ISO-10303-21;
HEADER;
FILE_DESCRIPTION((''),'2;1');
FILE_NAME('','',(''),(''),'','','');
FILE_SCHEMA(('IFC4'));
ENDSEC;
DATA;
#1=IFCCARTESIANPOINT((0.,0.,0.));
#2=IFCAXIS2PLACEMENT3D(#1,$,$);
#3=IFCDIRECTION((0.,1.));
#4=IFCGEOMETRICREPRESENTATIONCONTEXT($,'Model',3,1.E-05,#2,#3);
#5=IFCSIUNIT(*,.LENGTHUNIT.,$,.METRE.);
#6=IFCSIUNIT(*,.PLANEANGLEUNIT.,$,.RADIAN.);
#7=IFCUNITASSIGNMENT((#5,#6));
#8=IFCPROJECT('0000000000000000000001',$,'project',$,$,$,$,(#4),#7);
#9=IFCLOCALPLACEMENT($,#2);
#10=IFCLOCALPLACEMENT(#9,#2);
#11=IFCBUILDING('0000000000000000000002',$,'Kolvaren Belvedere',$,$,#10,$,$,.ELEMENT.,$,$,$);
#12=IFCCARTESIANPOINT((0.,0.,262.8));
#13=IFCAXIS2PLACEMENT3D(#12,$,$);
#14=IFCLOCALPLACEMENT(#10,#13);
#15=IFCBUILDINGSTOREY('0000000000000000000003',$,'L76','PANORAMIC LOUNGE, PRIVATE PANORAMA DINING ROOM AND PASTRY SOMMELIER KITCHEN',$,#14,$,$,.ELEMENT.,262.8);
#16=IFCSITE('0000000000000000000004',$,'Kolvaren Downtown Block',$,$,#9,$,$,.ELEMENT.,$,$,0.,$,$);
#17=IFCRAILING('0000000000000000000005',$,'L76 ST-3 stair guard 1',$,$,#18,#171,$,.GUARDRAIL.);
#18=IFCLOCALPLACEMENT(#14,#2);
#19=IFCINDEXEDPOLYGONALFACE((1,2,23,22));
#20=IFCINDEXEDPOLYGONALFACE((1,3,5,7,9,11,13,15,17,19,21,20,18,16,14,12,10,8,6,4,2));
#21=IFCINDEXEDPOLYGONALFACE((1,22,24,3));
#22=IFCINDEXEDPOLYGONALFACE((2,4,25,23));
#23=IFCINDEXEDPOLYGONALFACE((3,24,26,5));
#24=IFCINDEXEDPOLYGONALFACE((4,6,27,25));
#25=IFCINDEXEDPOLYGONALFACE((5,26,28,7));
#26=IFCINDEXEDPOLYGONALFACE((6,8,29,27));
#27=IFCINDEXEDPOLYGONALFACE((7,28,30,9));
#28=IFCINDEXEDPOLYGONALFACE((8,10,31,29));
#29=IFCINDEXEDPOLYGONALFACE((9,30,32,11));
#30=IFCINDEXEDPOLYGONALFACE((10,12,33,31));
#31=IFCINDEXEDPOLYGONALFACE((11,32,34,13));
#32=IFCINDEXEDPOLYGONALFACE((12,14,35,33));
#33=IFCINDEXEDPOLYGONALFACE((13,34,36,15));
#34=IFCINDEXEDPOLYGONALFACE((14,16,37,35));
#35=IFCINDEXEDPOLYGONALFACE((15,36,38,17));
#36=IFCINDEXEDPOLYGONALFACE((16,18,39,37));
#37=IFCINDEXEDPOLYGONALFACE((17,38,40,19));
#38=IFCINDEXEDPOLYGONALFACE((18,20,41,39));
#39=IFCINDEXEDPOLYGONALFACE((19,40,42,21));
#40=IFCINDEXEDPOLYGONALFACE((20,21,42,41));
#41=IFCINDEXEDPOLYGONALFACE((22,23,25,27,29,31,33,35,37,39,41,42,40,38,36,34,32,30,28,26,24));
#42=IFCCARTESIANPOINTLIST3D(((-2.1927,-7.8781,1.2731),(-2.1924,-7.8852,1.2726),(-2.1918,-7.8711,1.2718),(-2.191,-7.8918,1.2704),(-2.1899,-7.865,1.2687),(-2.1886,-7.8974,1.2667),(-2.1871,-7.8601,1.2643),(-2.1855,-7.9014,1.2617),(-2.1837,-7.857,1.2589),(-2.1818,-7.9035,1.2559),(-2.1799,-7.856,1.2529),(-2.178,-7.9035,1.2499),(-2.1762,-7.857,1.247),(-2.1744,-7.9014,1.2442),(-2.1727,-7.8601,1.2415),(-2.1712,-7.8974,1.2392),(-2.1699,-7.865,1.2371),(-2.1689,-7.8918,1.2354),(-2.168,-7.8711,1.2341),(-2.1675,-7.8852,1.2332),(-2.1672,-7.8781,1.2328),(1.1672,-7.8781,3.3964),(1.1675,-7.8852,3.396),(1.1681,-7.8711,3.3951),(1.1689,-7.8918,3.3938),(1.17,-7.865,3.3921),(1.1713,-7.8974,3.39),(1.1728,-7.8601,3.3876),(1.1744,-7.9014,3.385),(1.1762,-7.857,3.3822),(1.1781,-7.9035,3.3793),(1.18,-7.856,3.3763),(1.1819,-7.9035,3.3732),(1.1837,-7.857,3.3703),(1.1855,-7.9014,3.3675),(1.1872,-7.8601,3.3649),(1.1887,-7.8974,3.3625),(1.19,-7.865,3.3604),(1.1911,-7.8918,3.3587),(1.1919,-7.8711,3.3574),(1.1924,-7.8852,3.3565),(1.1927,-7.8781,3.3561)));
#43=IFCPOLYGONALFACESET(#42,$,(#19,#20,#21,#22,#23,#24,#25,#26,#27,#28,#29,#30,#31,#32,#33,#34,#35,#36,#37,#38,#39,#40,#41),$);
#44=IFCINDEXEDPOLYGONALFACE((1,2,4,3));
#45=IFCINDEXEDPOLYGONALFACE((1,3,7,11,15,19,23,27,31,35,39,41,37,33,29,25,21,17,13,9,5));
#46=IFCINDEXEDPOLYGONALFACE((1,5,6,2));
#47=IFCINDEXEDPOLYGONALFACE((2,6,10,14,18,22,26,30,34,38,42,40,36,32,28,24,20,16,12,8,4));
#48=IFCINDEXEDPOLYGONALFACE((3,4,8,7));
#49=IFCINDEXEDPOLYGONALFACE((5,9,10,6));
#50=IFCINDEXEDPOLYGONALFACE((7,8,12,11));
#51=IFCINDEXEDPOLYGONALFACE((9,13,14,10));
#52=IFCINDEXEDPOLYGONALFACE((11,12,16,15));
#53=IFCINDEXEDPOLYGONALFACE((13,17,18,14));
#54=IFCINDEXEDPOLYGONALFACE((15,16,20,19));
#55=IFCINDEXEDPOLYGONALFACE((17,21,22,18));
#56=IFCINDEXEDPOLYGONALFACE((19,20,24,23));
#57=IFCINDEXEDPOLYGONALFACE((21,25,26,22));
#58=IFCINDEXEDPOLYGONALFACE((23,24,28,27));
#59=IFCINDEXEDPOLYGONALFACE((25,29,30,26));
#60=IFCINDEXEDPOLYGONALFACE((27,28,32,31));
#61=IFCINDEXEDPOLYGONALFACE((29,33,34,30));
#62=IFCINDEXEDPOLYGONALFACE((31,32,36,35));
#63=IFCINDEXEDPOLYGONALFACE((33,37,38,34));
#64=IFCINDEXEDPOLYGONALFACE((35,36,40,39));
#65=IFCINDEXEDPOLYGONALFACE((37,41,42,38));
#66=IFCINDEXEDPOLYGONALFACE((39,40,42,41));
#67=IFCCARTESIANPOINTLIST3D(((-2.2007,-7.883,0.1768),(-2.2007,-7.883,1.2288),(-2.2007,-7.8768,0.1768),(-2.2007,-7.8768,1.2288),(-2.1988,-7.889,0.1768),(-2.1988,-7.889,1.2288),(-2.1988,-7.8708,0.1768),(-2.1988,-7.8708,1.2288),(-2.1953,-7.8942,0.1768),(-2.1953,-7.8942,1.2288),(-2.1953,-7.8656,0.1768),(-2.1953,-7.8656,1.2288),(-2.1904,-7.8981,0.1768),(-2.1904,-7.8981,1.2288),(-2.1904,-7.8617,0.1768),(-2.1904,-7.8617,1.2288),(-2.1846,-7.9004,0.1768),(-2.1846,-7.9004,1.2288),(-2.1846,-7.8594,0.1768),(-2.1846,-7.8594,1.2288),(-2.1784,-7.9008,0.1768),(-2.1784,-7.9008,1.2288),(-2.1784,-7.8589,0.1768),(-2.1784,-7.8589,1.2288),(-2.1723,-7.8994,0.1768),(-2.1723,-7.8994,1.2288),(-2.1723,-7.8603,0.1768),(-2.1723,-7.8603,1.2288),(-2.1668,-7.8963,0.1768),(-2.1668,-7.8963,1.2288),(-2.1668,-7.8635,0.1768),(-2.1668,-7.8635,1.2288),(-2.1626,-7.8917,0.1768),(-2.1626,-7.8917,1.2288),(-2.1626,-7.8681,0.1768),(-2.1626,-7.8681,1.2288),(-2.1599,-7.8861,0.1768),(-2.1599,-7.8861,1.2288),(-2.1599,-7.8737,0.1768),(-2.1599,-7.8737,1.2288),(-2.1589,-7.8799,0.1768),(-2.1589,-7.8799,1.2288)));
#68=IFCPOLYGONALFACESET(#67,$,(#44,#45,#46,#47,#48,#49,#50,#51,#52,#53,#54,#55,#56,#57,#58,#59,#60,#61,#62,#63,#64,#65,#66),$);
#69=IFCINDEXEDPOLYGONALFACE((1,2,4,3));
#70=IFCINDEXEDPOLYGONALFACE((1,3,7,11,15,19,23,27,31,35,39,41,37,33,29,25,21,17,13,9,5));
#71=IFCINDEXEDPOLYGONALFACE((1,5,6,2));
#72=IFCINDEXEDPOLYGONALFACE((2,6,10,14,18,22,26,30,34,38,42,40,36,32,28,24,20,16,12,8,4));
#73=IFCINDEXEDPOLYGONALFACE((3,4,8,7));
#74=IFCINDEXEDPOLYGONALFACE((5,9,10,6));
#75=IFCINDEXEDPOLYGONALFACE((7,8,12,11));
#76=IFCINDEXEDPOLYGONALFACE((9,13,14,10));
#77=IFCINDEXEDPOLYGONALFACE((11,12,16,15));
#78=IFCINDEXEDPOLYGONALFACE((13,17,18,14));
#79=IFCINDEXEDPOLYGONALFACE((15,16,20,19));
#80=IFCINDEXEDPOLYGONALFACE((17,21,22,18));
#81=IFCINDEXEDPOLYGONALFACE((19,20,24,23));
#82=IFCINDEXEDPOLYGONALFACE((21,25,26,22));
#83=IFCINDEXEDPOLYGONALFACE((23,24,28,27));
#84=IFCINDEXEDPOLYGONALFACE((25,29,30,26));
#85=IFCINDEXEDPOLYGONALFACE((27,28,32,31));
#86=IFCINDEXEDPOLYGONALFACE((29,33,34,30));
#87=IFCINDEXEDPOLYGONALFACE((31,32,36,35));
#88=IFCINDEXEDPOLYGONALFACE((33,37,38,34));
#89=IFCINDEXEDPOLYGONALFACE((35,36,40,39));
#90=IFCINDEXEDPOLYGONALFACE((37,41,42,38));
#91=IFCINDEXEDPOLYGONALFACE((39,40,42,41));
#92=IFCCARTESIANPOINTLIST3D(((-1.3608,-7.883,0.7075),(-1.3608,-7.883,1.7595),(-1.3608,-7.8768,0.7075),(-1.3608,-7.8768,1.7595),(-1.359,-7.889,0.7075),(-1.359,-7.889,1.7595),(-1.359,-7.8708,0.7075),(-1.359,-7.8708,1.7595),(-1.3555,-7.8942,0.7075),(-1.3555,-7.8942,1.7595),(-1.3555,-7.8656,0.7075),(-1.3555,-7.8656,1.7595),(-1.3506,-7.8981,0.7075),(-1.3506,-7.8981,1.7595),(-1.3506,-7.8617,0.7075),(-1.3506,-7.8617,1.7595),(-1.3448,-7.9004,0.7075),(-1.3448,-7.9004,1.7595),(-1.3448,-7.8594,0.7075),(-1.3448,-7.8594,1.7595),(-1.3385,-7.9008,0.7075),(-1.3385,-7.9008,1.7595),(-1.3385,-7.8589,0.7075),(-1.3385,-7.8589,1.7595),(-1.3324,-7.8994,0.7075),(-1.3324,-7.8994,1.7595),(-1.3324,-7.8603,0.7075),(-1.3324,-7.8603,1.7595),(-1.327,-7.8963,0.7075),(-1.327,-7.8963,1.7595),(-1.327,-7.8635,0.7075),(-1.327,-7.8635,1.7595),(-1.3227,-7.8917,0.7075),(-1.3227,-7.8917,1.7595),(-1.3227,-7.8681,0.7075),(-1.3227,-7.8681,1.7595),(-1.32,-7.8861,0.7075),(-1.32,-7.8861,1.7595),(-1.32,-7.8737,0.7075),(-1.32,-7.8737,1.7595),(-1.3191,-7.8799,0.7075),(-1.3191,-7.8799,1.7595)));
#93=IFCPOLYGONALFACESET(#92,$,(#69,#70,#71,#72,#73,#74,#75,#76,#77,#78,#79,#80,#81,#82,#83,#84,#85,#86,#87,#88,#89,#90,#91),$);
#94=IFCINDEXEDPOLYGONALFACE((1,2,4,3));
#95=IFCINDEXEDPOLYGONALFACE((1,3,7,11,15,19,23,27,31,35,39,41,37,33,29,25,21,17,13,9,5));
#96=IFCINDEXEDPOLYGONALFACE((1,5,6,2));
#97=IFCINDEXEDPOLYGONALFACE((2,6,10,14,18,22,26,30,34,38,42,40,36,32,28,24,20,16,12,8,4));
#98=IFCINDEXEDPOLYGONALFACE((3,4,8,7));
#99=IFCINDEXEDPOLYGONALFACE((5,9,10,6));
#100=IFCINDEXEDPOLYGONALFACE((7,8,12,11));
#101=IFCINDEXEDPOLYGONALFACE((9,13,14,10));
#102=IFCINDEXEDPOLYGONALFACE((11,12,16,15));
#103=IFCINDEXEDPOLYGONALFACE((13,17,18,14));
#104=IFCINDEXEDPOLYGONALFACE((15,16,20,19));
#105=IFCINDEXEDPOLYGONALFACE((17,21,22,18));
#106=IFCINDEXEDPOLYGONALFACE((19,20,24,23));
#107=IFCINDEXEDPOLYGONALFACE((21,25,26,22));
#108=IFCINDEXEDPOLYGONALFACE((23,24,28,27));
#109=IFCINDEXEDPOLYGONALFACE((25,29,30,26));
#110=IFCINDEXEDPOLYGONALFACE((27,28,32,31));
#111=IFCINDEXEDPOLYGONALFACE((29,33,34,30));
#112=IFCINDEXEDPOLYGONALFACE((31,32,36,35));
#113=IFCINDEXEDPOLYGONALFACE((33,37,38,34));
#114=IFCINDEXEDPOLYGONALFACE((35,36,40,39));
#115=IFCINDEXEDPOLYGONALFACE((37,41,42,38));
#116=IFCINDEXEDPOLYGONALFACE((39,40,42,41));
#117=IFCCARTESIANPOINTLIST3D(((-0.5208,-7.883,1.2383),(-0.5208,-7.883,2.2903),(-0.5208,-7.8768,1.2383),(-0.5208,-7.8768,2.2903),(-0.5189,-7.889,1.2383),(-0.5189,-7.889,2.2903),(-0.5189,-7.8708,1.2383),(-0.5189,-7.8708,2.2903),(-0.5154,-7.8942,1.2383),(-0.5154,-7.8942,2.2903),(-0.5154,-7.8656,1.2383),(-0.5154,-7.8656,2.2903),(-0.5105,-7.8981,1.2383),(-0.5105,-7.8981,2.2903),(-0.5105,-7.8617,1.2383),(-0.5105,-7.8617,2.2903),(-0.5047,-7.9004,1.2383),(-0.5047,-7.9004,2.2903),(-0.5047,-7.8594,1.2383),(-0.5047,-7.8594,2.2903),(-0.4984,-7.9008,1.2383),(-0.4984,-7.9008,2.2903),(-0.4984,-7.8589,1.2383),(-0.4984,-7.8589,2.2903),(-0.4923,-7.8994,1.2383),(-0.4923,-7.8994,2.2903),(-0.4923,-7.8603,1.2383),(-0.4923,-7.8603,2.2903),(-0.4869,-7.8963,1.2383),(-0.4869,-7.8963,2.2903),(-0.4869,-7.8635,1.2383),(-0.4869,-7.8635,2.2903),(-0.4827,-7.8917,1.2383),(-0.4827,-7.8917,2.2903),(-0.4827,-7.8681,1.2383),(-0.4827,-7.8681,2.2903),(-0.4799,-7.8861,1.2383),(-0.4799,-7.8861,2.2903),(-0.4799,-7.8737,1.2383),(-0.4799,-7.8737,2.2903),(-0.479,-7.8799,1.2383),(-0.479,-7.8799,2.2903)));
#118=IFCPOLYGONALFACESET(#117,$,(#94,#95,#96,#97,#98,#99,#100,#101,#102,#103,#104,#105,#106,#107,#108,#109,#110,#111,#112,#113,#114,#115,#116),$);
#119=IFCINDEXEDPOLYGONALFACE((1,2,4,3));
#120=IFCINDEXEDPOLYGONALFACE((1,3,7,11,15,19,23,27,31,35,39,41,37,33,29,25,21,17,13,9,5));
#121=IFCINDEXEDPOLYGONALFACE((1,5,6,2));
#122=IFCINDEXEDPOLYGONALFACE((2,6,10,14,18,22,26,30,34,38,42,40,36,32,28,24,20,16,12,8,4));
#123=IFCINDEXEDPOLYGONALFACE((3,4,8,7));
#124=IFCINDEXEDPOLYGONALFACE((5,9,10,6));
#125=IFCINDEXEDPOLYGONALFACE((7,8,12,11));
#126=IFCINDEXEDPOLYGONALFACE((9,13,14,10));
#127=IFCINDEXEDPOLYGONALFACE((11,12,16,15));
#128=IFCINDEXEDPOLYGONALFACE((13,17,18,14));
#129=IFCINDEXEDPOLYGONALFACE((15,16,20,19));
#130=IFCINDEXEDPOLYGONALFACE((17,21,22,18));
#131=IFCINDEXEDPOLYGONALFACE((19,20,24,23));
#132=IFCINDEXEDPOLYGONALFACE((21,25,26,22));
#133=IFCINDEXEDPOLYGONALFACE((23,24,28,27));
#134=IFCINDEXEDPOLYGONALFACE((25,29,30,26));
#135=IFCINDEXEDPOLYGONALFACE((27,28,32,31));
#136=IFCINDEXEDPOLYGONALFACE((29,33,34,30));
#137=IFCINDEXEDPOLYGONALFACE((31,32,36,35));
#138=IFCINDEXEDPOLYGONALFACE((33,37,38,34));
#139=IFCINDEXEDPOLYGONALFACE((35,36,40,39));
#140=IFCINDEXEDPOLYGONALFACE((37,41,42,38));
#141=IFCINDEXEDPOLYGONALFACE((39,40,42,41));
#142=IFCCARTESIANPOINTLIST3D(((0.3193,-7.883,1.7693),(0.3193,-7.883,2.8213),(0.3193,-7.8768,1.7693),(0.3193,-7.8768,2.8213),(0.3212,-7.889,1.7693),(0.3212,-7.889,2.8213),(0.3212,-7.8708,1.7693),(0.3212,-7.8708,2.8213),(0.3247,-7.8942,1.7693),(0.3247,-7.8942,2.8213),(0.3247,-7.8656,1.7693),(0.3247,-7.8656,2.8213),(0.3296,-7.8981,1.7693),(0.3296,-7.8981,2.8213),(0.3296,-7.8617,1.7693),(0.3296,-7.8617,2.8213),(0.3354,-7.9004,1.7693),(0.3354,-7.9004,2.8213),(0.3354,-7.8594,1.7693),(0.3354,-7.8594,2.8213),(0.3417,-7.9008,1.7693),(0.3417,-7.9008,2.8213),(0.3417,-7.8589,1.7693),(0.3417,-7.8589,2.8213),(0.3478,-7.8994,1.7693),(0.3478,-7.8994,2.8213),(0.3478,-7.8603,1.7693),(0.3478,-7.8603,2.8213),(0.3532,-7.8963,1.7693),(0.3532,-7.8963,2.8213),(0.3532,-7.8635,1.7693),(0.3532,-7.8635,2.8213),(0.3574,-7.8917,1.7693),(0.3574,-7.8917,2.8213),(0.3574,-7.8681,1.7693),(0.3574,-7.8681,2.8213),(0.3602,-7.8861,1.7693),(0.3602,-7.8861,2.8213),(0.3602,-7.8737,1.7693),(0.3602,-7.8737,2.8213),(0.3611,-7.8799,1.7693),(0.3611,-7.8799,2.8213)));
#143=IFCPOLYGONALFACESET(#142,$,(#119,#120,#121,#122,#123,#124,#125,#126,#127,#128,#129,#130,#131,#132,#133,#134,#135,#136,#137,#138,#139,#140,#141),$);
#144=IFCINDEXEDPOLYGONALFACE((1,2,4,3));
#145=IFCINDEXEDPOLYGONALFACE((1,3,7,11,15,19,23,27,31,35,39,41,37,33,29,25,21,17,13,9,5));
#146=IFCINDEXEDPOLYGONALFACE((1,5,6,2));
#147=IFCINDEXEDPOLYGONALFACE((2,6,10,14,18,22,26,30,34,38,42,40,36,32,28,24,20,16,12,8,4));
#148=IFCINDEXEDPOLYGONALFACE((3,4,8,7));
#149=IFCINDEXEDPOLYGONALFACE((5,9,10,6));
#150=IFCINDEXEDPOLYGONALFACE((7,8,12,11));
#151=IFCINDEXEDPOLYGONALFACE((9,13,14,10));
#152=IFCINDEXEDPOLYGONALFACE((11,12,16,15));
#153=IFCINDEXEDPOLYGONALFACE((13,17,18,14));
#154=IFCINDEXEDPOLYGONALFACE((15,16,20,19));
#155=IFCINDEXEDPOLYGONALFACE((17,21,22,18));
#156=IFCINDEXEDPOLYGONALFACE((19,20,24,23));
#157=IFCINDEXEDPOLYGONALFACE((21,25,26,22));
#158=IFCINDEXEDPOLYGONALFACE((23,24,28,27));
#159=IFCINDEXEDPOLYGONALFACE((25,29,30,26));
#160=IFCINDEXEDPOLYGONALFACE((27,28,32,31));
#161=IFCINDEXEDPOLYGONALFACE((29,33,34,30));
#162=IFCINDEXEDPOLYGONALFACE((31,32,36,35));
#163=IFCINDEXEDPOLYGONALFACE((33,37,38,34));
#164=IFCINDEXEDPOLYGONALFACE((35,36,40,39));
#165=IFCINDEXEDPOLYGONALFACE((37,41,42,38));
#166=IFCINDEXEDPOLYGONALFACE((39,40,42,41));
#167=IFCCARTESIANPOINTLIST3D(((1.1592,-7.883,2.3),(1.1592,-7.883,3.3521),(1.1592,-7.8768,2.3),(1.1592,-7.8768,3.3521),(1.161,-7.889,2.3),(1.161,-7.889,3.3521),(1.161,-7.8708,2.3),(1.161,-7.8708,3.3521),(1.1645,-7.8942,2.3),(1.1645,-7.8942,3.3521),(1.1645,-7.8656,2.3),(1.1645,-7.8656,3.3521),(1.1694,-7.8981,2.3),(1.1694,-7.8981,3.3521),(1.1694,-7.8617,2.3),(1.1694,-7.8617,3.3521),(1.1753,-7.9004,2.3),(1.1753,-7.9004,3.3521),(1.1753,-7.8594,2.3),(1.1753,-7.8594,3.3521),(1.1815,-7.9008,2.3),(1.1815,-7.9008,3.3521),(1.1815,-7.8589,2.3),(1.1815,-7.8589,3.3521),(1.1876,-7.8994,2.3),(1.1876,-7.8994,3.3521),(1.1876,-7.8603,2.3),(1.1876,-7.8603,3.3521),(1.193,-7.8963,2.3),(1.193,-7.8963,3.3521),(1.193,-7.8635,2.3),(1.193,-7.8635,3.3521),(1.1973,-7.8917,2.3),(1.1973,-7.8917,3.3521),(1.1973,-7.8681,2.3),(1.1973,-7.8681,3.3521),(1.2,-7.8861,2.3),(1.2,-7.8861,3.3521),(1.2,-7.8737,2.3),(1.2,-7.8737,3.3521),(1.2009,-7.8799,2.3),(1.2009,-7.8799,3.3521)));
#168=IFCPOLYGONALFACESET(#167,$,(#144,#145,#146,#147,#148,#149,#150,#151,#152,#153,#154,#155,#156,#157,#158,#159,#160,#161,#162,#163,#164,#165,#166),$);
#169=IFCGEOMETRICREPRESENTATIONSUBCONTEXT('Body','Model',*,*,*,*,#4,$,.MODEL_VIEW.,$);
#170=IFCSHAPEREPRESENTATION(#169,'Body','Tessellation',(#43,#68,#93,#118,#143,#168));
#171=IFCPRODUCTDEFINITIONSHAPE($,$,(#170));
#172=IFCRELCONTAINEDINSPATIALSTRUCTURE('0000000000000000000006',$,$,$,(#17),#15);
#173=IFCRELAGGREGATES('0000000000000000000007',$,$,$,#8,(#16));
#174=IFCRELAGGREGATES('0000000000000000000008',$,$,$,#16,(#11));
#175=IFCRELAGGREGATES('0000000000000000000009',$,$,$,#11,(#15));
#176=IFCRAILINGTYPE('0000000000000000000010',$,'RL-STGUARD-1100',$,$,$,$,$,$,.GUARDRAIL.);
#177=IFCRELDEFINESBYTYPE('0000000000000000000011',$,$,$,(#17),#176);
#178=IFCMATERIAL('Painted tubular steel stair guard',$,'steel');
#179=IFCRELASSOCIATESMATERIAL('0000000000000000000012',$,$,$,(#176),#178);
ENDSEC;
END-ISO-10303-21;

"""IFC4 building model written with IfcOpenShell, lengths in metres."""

from ifc_helpers import new_model, si_unit, direction, frame, origin, origin_2d, place, context, subcontext, project, spatial, circle, extrude, material, type_object, element, save


model = new_model("IFC4")

# Units and contexts
model_context = context("Model", 3, precision=1e-05, world=origin(), true_north=direction((0.0, 1.0)))
body_context = subcontext(model_context, "Body", "Model", "MODEL_VIEW")
ifc_project = project(units=[si_unit("LENGTHUNIT", "METRE"), si_unit("PLANEANGLEUNIT", "RADIAN")], contexts=[model_context])

# Site, building, storey
site_placement = place(None, origin())
site = spatial("IfcSite", under=ifc_project, at=site_placement, Name="Kolvaren Downtown Block", CompositionType="ELEMENT", RefElevation=0.0)
building_placement = place(site_placement, origin())
building = spatial("IfcBuilding", under=site, at=building_placement, Name="Kolvaren Belvedere", CompositionType="ELEMENT")
storey_placement = place(building_placement, frame((0.0, 0.0, 262.8)))
storey = spatial("IfcBuildingStorey", under=building, at=storey_placement, Name="L76", Description="PANORAMIC LOUNGE, PRIVATE PANORAMA DINING ROOM AND PASTRY SOMMELIER KITCHEN", CompositionType="ELEMENT", Elevation=262.8)

# Railing
ifc_material_1 = material(Name="Painted tubular steel stair guard", Category="steel")
railing_type_1 = type_object("IfcRailingType", Name="RL-STGUARD-1100", PredefinedType="GUARDRAIL", material=ifc_material_1)
railing_1_placement = place(storey_placement, frame((-2.1799, -7.8799, 0.1768)))
element("IfcRailing", 1, at=railing_1_placement, inside=storey, type_object=railing_type_1, Name="L76 ST-3 stair guard 1", PredefinedType="GUARDRAIL", context=body_context, shape_type="SweptSolid", body=[
    extrude(circle(Radius=0.0239, at=origin_2d()), frame((0.0, 0.0, 1.0762), z_axis=(0.845344, 0.0, 0.534222), x_axis=(0.0, 1.0, 0.0)), (0.0, 0.0, 1.0), 3.9746),
    extrude(circle(Radius=0.021, at=origin_2d()), origin(), (0.0, 0.0, 1.0), 1.052),
    extrude(circle(Radius=0.021, at=origin_2d()), frame((0.8398, 0.0, 0.5308)), (0.0, 0.0, 1.0), 1.052),
    extrude(circle(Radius=0.021, at=origin_2d()), frame((1.6799, 0.0, 1.0615)), (0.0, 0.0, 1.0), 1.052),
    extrude(circle(Radius=0.021, at=origin_2d()), frame((2.52, 0.0, 1.5925)), (0.0, 0.0, 1.0), 1.052),
    extrude(circle(Radius=0.021, at=origin_2d()), frame((3.3599, 0.0, 2.1233)), (0.0, 0.0, 1.0), 1.052),
])

save(model, "model.ifc")
